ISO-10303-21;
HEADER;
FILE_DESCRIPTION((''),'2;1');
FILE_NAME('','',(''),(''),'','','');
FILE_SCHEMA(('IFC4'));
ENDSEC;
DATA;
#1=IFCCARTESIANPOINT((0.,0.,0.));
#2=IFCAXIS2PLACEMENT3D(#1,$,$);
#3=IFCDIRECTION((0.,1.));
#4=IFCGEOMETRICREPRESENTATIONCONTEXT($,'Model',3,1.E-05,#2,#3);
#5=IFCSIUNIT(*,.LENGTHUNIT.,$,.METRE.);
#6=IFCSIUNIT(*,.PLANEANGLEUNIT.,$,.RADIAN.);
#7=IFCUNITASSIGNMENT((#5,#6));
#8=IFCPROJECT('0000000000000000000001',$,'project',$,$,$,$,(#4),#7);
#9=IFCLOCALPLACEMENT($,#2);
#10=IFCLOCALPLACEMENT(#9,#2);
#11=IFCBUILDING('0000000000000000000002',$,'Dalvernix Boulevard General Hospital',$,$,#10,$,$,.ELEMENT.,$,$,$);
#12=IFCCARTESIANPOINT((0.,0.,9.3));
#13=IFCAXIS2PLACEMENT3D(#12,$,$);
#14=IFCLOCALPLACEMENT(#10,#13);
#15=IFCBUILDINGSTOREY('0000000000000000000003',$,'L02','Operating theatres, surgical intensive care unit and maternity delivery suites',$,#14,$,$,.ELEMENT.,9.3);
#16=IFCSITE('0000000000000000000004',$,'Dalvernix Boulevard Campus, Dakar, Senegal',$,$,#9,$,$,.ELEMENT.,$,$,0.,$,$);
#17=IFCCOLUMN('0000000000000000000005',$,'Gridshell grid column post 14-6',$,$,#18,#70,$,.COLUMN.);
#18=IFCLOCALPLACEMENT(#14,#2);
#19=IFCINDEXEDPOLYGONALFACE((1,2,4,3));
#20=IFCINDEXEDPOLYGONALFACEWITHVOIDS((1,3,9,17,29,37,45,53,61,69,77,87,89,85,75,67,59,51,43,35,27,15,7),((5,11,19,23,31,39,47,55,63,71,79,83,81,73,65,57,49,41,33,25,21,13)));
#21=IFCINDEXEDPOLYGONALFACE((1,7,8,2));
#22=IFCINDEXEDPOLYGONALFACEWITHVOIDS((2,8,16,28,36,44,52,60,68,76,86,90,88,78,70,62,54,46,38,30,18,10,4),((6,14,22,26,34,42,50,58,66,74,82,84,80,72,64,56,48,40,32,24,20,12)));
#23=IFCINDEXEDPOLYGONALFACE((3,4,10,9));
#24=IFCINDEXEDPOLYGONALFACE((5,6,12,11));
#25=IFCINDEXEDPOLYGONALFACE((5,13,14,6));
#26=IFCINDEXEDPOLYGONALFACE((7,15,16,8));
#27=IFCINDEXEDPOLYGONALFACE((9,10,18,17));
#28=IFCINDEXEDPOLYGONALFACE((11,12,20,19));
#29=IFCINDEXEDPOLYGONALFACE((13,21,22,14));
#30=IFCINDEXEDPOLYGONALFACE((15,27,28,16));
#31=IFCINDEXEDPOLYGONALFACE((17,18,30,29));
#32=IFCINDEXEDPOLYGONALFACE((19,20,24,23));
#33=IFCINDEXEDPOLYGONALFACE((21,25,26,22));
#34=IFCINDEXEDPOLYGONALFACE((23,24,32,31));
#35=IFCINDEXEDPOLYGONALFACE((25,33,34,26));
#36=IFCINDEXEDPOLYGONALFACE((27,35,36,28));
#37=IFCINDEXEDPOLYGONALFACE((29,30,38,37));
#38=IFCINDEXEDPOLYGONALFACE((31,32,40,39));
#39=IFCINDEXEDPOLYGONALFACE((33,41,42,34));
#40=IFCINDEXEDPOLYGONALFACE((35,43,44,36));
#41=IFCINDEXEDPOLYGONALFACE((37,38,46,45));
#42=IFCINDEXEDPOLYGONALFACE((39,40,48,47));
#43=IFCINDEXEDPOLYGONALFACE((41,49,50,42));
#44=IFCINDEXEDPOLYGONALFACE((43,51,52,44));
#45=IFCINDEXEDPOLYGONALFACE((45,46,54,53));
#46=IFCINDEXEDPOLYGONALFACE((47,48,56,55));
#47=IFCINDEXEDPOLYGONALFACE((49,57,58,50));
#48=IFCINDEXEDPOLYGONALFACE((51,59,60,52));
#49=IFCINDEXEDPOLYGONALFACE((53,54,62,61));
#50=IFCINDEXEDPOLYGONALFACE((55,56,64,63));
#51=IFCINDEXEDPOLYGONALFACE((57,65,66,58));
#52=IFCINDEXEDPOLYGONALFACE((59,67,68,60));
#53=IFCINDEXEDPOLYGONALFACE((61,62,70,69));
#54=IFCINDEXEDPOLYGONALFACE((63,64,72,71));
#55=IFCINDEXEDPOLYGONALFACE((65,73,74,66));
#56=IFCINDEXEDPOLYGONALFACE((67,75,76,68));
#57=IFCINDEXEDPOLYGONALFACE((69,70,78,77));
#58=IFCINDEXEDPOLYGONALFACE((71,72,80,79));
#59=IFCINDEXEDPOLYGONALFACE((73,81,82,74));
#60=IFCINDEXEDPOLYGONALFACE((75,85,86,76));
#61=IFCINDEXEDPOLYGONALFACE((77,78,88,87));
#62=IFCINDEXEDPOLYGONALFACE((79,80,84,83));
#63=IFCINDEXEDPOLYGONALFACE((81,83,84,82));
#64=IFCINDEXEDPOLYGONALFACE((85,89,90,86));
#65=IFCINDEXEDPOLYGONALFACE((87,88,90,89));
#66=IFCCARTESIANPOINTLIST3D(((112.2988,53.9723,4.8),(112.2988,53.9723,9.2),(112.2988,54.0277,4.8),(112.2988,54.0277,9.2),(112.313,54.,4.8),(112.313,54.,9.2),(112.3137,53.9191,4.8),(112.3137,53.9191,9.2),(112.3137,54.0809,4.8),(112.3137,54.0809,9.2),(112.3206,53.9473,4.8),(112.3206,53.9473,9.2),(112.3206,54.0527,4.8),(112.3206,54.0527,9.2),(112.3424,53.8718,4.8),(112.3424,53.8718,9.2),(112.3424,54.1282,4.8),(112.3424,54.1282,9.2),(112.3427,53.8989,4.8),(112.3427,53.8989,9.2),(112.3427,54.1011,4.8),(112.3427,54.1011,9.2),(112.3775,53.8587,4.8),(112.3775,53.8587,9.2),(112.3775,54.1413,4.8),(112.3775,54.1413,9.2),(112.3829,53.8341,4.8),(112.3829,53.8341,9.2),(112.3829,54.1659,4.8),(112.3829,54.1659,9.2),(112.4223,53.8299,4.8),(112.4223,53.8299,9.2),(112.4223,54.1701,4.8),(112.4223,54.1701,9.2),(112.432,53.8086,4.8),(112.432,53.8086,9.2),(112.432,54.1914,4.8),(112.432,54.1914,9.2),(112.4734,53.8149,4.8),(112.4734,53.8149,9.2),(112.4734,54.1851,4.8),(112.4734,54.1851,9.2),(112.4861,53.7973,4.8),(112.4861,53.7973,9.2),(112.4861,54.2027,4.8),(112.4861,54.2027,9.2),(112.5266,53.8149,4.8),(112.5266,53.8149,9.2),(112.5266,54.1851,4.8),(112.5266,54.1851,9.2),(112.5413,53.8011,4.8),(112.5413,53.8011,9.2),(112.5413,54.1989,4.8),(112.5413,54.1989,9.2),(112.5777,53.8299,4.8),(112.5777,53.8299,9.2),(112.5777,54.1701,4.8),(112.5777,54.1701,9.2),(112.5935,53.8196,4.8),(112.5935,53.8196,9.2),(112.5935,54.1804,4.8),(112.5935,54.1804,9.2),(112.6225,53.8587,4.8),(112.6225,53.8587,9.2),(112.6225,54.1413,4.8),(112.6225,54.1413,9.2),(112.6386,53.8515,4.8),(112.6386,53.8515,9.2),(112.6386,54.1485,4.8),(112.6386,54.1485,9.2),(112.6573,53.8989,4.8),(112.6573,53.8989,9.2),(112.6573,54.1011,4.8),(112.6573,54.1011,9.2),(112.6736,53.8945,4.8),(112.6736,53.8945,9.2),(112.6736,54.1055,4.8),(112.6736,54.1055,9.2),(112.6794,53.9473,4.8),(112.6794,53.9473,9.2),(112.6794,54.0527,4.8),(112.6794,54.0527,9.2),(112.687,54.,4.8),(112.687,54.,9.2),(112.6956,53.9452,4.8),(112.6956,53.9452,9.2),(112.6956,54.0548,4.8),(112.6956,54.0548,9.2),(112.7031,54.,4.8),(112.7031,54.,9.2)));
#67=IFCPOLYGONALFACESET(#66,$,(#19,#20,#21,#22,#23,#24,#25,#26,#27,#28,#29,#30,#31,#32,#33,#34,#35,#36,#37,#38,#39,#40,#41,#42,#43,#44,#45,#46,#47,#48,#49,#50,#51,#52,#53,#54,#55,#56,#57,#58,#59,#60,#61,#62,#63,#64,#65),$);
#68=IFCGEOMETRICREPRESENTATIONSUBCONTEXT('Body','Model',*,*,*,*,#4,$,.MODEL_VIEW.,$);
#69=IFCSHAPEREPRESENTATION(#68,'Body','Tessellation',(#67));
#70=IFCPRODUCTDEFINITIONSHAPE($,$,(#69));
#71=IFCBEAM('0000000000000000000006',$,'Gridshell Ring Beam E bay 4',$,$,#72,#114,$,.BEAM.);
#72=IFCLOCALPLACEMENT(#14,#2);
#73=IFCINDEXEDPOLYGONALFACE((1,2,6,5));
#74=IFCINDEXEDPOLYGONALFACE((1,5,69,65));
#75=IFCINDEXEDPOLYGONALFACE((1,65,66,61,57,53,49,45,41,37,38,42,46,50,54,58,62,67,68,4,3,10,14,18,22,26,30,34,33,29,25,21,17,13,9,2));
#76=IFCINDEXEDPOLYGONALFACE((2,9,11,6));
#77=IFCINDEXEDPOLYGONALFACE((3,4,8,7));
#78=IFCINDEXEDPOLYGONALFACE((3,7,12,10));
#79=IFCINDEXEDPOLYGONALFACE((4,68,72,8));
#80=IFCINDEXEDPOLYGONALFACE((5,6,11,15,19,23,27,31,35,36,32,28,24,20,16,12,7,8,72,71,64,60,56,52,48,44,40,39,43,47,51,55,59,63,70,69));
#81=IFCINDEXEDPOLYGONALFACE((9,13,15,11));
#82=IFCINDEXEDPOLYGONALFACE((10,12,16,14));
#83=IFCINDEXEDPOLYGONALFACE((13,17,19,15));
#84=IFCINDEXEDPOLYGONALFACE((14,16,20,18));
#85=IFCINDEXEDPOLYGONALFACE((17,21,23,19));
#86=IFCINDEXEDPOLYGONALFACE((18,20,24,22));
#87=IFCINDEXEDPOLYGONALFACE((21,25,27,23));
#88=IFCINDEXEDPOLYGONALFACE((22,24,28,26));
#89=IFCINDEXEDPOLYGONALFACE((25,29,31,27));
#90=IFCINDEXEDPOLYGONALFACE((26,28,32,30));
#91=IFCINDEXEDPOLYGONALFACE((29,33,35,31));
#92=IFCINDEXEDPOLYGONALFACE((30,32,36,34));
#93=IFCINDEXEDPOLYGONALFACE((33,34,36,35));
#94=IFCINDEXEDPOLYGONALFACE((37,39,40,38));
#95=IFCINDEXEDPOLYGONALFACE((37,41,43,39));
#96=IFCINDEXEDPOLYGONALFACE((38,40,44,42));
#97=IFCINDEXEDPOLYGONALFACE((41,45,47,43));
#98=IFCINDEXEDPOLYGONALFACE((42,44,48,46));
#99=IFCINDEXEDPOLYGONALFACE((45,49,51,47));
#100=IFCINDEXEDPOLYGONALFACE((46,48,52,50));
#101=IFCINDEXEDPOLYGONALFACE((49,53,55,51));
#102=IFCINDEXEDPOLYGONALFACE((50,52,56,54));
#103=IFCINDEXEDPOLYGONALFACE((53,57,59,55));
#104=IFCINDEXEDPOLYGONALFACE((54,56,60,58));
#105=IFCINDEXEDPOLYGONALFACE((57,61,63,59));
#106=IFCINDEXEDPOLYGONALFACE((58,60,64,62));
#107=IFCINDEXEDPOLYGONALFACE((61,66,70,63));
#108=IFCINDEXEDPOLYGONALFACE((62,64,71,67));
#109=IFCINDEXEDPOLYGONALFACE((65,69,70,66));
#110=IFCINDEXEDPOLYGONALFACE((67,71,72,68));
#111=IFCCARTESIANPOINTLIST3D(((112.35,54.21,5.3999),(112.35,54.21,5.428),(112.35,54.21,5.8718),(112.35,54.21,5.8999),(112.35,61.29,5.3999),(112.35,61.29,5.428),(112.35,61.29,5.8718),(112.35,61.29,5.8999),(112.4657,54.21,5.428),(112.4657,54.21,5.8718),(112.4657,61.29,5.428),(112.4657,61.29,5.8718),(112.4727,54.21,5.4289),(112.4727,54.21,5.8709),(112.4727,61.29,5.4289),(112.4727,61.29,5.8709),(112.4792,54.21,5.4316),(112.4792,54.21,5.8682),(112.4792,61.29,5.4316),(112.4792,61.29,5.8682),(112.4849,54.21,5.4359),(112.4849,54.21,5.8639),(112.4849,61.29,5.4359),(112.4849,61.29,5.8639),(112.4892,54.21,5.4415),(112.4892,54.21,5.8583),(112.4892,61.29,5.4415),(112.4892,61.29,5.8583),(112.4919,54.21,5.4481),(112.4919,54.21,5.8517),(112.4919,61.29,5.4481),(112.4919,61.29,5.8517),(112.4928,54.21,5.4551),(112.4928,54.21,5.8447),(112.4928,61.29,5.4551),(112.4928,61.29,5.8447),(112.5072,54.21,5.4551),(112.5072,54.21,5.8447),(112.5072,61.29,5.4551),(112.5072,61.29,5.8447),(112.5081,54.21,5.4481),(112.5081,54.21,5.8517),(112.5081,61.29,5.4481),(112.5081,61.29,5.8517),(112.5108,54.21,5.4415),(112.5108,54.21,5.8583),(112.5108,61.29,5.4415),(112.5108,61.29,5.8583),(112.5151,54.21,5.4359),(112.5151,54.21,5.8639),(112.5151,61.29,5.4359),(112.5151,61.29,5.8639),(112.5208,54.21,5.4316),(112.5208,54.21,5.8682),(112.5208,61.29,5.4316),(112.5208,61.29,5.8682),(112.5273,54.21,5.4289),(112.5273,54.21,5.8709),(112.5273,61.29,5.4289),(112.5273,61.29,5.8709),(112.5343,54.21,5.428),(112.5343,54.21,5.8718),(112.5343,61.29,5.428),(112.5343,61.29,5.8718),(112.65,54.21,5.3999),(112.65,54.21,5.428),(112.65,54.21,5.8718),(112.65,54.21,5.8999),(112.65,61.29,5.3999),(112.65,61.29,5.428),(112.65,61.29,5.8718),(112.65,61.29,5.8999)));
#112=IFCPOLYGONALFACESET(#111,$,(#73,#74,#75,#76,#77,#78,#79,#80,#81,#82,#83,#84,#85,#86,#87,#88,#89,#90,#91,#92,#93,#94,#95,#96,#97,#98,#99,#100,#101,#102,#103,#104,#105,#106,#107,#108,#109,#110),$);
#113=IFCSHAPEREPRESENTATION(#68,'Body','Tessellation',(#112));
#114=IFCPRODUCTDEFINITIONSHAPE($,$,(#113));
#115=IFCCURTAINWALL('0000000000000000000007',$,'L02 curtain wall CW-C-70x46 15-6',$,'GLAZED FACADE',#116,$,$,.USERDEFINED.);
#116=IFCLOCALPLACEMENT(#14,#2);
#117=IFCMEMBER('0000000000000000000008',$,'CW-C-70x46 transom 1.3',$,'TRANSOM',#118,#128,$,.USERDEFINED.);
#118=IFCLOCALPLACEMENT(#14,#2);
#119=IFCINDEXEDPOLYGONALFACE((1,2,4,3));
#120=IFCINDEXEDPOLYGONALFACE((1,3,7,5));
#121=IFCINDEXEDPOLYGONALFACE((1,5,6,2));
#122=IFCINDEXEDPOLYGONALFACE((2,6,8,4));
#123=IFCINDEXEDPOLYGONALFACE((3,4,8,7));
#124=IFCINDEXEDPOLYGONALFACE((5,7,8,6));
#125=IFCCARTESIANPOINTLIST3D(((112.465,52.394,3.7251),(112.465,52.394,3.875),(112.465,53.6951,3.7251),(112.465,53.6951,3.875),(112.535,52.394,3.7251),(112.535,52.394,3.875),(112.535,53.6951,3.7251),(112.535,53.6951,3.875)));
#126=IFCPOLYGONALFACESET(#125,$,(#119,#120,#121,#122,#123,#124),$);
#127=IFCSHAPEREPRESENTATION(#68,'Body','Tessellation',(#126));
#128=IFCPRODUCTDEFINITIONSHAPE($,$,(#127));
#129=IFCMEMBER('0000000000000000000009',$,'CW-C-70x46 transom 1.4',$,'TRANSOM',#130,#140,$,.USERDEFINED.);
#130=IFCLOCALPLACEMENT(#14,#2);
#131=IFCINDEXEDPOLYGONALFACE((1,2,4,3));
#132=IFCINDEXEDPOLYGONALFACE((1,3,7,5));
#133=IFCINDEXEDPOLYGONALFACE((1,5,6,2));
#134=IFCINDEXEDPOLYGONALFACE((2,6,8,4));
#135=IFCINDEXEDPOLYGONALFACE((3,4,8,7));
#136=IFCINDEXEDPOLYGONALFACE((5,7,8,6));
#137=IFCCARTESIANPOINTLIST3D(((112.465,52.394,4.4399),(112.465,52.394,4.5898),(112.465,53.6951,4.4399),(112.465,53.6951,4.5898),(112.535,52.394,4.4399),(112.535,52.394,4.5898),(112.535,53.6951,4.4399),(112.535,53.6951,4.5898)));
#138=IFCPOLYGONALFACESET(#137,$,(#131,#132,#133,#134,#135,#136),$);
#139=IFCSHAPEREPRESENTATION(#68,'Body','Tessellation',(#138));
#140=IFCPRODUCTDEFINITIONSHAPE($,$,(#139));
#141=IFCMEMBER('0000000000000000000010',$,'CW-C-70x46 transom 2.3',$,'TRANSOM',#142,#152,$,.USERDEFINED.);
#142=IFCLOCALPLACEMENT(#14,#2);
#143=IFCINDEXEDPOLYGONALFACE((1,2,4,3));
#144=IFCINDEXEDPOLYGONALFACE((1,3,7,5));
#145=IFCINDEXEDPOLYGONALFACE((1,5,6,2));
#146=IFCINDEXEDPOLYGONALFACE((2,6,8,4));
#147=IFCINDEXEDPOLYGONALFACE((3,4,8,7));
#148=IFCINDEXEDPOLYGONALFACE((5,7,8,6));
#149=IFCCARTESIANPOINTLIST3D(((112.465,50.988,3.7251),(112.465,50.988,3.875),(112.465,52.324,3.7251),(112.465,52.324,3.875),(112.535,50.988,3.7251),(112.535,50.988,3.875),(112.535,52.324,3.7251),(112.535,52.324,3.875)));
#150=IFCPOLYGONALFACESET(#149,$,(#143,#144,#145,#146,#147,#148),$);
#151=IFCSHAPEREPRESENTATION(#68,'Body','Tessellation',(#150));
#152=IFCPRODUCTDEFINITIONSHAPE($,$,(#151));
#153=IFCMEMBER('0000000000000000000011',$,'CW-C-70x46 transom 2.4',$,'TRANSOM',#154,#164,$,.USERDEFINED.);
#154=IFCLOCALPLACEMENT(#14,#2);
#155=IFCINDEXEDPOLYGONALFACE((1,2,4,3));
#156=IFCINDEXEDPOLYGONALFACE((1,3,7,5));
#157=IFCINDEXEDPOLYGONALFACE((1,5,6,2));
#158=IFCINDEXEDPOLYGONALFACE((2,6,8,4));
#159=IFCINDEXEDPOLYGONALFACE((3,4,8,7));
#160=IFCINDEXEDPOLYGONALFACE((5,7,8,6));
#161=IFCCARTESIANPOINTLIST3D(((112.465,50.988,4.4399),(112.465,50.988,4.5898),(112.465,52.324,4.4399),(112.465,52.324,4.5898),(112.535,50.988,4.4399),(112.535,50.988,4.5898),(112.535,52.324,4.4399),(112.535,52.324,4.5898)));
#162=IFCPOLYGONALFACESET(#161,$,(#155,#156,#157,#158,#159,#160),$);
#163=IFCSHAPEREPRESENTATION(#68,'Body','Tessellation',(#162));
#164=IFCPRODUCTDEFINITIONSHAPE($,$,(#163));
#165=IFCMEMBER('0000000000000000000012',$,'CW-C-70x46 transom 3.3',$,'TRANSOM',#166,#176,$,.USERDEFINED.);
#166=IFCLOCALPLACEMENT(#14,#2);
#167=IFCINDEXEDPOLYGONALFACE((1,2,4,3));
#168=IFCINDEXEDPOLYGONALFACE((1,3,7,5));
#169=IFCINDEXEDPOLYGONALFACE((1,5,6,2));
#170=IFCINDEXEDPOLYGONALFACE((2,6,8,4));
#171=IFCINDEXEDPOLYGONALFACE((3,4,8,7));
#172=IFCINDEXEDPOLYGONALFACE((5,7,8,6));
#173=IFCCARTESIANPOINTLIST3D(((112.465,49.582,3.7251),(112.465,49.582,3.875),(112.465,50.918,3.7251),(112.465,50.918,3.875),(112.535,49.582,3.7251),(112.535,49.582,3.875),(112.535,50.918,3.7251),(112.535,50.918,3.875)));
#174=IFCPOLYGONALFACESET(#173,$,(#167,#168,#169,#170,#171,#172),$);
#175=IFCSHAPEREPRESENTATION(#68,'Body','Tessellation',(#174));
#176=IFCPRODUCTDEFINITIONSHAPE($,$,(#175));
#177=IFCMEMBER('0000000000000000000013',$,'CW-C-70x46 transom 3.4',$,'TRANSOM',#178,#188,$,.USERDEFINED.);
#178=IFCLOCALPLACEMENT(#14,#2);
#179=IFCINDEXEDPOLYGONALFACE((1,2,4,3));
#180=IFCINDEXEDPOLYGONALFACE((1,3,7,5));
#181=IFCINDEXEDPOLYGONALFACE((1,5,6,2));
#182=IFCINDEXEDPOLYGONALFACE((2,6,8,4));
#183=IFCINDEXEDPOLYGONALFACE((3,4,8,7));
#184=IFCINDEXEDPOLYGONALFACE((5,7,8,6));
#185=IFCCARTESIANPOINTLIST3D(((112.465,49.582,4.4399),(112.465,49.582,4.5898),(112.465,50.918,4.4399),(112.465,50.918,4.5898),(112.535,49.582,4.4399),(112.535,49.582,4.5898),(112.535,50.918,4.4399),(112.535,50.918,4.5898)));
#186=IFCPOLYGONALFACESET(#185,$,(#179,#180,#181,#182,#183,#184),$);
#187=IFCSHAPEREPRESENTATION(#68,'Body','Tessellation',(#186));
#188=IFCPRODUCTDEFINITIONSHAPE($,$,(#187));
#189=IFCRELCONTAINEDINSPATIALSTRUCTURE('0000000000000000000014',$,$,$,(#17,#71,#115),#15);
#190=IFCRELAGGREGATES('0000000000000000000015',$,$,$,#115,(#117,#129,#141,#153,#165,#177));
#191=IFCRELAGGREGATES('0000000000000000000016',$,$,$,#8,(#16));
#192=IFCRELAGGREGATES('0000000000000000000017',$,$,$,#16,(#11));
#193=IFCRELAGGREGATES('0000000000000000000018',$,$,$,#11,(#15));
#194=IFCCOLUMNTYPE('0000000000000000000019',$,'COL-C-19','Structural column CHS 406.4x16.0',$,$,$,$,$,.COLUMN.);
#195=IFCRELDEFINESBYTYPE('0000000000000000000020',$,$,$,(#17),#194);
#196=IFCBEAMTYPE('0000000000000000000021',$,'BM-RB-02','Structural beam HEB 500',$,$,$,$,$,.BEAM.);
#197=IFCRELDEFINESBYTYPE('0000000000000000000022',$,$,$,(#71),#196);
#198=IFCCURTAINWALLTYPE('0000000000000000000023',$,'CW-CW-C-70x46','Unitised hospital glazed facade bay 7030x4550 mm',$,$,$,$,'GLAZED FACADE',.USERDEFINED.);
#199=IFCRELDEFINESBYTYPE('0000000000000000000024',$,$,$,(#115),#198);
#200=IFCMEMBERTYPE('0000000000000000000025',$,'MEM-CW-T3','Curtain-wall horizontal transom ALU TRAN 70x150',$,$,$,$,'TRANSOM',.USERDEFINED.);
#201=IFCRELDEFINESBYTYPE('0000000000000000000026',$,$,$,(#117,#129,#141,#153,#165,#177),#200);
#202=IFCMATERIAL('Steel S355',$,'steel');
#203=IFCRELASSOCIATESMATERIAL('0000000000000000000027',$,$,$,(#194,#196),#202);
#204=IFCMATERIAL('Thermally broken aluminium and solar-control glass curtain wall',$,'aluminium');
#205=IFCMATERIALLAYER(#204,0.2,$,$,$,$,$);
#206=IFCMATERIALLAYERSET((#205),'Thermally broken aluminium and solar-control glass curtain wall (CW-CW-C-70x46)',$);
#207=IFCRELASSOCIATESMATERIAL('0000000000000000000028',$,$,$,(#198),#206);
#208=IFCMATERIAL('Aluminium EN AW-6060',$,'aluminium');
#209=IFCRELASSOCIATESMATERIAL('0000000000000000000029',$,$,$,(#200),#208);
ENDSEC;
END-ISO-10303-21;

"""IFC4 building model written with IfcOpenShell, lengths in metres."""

from ifc_helpers import new_model, si_unit, direction, frame, origin, origin_2d, place, context, subcontext, project, spatial, rectangle, hollow_circle, i_section, extrude, material, layer, layer_set, material_profile, profile_set, type_object, element, aggregate, save


model = new_model("IFC4")

# Units and contexts
model_context = context("Model", 3, precision=1e-05, world=origin(), true_north=direction((0.0, 1.0)))
body_context = subcontext(model_context, "Body", "Model", "MODEL_VIEW")
ifc_project = project(units=[si_unit("LENGTHUNIT", "METRE"), si_unit("PLANEANGLEUNIT", "RADIAN")], contexts=[model_context])

# Site, building, storey
site_placement = place(None, origin())
site = spatial("IfcSite", under=ifc_project, at=site_placement, Name="Dalvernix Boulevard Campus, Dakar, Senegal", CompositionType="ELEMENT", RefElevation=0.0)
building_placement = place(site_placement, origin())
building = spatial("IfcBuilding", under=site, at=building_placement, Name="Dalvernix Boulevard General Hospital", CompositionType="ELEMENT")
storey_placement = place(building_placement, frame((0.0, 0.0, 9.3)))
storey = spatial("IfcBuildingStorey", under=building, at=storey_placement, Name="L02", Description="Operating theatres, surgical intensive care unit and maternity delivery suites", CompositionType="ELEMENT", Elevation=9.3)

# Column
ifc_material_1 = material(Name="Steel S355", Category="steel")
ifc_material_profile_1 = material_profile(ifc_material_1, hollow_circle(Radius=0.2031, WallThickness=0.0161, at=origin_2d()), Name="CHS 406.4x16.0")
ifc_profile_set_1 = profile_set([ifc_material_profile_1], Name="Steel S355")
column_type = type_object("IfcColumnType", Name="COL-C-19", Description="Structural column CHS 406.4x16.0", PredefinedType="COLUMN", material=ifc_profile_set_1)
column_placement = place(storey_placement, frame((112.5, 54.0, 4.8), z_axis=(0.0, 0.0, 1.0), x_axis=(1.0, 0.0, 0.0)))
element("IfcColumn", 1, at=column_placement, inside=storey, type_object=column_type, Name="Gridshell grid column post 14-6", PredefinedType="COLUMN", context=body_context, shape_type="SweptSolid", body=[
    extrude(hollow_circle(Radius=0.2031, WallThickness=0.0161, at=origin_2d()), origin(), (0.0, 0.0, 1.0), 4.3999),
])

# Beam
ifc_material_profile_2 = material_profile(ifc_material_1, i_section(OverallWidth=0.3, OverallDepth=0.5, WebThickness=0.0144, FlangeThickness=0.0281, FilletRadius=0.0271, at=origin_2d()), Name="HEB 500")
ifc_profile_set_2 = profile_set([ifc_material_profile_2], Name="Steel S355")
beam_type = type_object("IfcBeamType", Name="BM-RB-02", Description="Structural beam HEB 500", PredefinedType="BEAM", material=ifc_profile_set_2)
beam_placement = place(storey_placement, frame((112.5, 54.21, 5.6499), z_axis=(0.0, 1.0, 0.0), x_axis=(-1.0, 0.0, 0.0)))
element("IfcBeam", 2, at=beam_placement, inside=storey, type_object=beam_type, Name="Gridshell Ring Beam E bay 4", PredefinedType="BEAM", context=body_context, shape_type="SweptSolid", body=[
    extrude(i_section(OverallWidth=0.3, OverallDepth=0.5, WebThickness=0.0144, FlangeThickness=0.0281, FilletRadius=0.0271, at=origin_2d()), origin(), (0.0, 0.0, 1.0), 7.0801),
])

# Curtain wall, members
ifc_material_2 = material(Name="Thermally broken aluminium and solar-control glass curtain wall", Category="aluminium")
ifc_layer_1 = layer(ifc_material_2, 0.2)
ifc_layer_set_1 = layer_set([ifc_layer_1], Name="Thermally broken aluminium and solar-control glass curtain wall (CW-CW-C-70x46)")
curtain_wall_type = type_object("IfcCurtainWallType", Name="CW-CW-C-70x46", Description="Unitised hospital glazed facade bay 7030x4550 mm", ElementType="GLAZED FACADE", PredefinedType="USERDEFINED", material=ifc_layer_set_1)
curtain_wall_placement = place(storey_placement, origin())
curtain_wall = element("IfcCurtainWall", 3, at=curtain_wall_placement, inside=storey, type_object=curtain_wall_type, Name="L02 curtain wall CW-C-70x46 15-6", ObjectType="GLAZED FACADE", PredefinedType="USERDEFINED")
ifc_material_3 = material(Name="Aluminium EN AW-6060", Category="aluminium")
ifc_material_profile_3 = material_profile(ifc_material_3, rectangle(XDim=0.0701, YDim=0.1499, at=origin_2d()), Name="ALU TRAN 70x150")
ifc_profile_set_3 = profile_set([ifc_material_profile_3], Name="Aluminium EN AW-6060")
member_type_1 = type_object("IfcMemberType", Name="MEM-CW-T3", Description="Curtain-wall horizontal transom ALU TRAN 70x150", ElementType="TRANSOM", PredefinedType="USERDEFINED", material=ifc_profile_set_3)
member_1_placement = place(storey_placement, frame((112.5, 53.6951, 3.8), z_axis=(0.0, -1.0, 0.0), x_axis=(1.0, 0.0, 0.0)))
member_1 = element("IfcMember", 4, at=member_1_placement, type_object=member_type_1, Name="CW-C-70x46 transom 1.3", ObjectType="TRANSOM", PredefinedType="USERDEFINED", context=body_context, shape_type="SweptSolid", body=[
    extrude(rectangle(XDim=0.0701, YDim=0.1499, at=origin_2d()), origin(), (0.0, 0.0, 1.0), 1.301),
])
member_2_placement = place(storey_placement, frame((112.5, 53.6951, 4.5149), z_axis=(0.0, -1.0, 0.0), x_axis=(1.0, 0.0, 0.0)))
member_2 = element("IfcMember", 5, at=member_2_placement, type_object=member_type_1, Name="CW-C-70x46 transom 1.4", ObjectType="TRANSOM", PredefinedType="USERDEFINED", context=body_context, shape_type="SweptSolid", body=[
    extrude(rectangle(XDim=0.0701, YDim=0.1499, at=origin_2d()), origin(), (0.0, 0.0, 1.0), 1.301),
])
member_3_placement = place(storey_placement, frame((112.5, 52.324, 3.8), z_axis=(0.0, -1.0, 0.0), x_axis=(1.0, 0.0, 0.0)))
member_3 = element("IfcMember", 6, at=member_3_placement, type_object=member_type_1, Name="CW-C-70x46 transom 2.3", ObjectType="TRANSOM", PredefinedType="USERDEFINED", context=body_context, shape_type="SweptSolid", body=[
    extrude(rectangle(XDim=0.0701, YDim=0.1499, at=origin_2d()), origin(), (0.0, 0.0, 1.0), 1.3359),
])
member_4_placement = place(storey_placement, frame((112.5, 52.324, 4.5149), z_axis=(0.0, -1.0, 0.0), x_axis=(1.0, 0.0, 0.0)))
member_4 = element("IfcMember", 7, at=member_4_placement, type_object=member_type_1, Name="CW-C-70x46 transom 2.4", ObjectType="TRANSOM", PredefinedType="USERDEFINED", context=body_context, shape_type="SweptSolid", body=[
    extrude(rectangle(XDim=0.0701, YDim=0.1499, at=origin_2d()), origin(), (0.0, 0.0, 1.0), 1.3359),
])
member_5_placement = place(storey_placement, frame((112.5, 50.918, 3.8), z_axis=(0.0, -1.0, 0.0), x_axis=(1.0, 0.0, 0.0)))
member_5 = element("IfcMember", 8, at=member_5_placement, type_object=member_type_1, Name="CW-C-70x46 transom 3.3", ObjectType="TRANSOM", PredefinedType="USERDEFINED", context=body_context, shape_type="SweptSolid", body=[
    extrude(rectangle(XDim=0.0701, YDim=0.1499, at=origin_2d()), origin(), (0.0, 0.0, 1.0), 1.3359),
])
member_6_placement = place(storey_placement, frame((112.5, 50.918, 4.5149), z_axis=(0.0, -1.0, 0.0), x_axis=(1.0, 0.0, 0.0)))
member_6 = element("IfcMember", 9, at=member_6_placement, type_object=member_type_1, Name="CW-C-70x46 transom 3.4", ObjectType="TRANSOM", PredefinedType="USERDEFINED", context=body_context, shape_type="SweptSolid", body=[
    extrude(rectangle(XDim=0.0701, YDim=0.1499, at=origin_2d()), origin(), (0.0, 0.0, 1.0), 1.3359),
])

aggregate(curtain_wall, [member_1, member_2, member_3, member_4, member_5, member_6])

save(model, "model.ifc")
